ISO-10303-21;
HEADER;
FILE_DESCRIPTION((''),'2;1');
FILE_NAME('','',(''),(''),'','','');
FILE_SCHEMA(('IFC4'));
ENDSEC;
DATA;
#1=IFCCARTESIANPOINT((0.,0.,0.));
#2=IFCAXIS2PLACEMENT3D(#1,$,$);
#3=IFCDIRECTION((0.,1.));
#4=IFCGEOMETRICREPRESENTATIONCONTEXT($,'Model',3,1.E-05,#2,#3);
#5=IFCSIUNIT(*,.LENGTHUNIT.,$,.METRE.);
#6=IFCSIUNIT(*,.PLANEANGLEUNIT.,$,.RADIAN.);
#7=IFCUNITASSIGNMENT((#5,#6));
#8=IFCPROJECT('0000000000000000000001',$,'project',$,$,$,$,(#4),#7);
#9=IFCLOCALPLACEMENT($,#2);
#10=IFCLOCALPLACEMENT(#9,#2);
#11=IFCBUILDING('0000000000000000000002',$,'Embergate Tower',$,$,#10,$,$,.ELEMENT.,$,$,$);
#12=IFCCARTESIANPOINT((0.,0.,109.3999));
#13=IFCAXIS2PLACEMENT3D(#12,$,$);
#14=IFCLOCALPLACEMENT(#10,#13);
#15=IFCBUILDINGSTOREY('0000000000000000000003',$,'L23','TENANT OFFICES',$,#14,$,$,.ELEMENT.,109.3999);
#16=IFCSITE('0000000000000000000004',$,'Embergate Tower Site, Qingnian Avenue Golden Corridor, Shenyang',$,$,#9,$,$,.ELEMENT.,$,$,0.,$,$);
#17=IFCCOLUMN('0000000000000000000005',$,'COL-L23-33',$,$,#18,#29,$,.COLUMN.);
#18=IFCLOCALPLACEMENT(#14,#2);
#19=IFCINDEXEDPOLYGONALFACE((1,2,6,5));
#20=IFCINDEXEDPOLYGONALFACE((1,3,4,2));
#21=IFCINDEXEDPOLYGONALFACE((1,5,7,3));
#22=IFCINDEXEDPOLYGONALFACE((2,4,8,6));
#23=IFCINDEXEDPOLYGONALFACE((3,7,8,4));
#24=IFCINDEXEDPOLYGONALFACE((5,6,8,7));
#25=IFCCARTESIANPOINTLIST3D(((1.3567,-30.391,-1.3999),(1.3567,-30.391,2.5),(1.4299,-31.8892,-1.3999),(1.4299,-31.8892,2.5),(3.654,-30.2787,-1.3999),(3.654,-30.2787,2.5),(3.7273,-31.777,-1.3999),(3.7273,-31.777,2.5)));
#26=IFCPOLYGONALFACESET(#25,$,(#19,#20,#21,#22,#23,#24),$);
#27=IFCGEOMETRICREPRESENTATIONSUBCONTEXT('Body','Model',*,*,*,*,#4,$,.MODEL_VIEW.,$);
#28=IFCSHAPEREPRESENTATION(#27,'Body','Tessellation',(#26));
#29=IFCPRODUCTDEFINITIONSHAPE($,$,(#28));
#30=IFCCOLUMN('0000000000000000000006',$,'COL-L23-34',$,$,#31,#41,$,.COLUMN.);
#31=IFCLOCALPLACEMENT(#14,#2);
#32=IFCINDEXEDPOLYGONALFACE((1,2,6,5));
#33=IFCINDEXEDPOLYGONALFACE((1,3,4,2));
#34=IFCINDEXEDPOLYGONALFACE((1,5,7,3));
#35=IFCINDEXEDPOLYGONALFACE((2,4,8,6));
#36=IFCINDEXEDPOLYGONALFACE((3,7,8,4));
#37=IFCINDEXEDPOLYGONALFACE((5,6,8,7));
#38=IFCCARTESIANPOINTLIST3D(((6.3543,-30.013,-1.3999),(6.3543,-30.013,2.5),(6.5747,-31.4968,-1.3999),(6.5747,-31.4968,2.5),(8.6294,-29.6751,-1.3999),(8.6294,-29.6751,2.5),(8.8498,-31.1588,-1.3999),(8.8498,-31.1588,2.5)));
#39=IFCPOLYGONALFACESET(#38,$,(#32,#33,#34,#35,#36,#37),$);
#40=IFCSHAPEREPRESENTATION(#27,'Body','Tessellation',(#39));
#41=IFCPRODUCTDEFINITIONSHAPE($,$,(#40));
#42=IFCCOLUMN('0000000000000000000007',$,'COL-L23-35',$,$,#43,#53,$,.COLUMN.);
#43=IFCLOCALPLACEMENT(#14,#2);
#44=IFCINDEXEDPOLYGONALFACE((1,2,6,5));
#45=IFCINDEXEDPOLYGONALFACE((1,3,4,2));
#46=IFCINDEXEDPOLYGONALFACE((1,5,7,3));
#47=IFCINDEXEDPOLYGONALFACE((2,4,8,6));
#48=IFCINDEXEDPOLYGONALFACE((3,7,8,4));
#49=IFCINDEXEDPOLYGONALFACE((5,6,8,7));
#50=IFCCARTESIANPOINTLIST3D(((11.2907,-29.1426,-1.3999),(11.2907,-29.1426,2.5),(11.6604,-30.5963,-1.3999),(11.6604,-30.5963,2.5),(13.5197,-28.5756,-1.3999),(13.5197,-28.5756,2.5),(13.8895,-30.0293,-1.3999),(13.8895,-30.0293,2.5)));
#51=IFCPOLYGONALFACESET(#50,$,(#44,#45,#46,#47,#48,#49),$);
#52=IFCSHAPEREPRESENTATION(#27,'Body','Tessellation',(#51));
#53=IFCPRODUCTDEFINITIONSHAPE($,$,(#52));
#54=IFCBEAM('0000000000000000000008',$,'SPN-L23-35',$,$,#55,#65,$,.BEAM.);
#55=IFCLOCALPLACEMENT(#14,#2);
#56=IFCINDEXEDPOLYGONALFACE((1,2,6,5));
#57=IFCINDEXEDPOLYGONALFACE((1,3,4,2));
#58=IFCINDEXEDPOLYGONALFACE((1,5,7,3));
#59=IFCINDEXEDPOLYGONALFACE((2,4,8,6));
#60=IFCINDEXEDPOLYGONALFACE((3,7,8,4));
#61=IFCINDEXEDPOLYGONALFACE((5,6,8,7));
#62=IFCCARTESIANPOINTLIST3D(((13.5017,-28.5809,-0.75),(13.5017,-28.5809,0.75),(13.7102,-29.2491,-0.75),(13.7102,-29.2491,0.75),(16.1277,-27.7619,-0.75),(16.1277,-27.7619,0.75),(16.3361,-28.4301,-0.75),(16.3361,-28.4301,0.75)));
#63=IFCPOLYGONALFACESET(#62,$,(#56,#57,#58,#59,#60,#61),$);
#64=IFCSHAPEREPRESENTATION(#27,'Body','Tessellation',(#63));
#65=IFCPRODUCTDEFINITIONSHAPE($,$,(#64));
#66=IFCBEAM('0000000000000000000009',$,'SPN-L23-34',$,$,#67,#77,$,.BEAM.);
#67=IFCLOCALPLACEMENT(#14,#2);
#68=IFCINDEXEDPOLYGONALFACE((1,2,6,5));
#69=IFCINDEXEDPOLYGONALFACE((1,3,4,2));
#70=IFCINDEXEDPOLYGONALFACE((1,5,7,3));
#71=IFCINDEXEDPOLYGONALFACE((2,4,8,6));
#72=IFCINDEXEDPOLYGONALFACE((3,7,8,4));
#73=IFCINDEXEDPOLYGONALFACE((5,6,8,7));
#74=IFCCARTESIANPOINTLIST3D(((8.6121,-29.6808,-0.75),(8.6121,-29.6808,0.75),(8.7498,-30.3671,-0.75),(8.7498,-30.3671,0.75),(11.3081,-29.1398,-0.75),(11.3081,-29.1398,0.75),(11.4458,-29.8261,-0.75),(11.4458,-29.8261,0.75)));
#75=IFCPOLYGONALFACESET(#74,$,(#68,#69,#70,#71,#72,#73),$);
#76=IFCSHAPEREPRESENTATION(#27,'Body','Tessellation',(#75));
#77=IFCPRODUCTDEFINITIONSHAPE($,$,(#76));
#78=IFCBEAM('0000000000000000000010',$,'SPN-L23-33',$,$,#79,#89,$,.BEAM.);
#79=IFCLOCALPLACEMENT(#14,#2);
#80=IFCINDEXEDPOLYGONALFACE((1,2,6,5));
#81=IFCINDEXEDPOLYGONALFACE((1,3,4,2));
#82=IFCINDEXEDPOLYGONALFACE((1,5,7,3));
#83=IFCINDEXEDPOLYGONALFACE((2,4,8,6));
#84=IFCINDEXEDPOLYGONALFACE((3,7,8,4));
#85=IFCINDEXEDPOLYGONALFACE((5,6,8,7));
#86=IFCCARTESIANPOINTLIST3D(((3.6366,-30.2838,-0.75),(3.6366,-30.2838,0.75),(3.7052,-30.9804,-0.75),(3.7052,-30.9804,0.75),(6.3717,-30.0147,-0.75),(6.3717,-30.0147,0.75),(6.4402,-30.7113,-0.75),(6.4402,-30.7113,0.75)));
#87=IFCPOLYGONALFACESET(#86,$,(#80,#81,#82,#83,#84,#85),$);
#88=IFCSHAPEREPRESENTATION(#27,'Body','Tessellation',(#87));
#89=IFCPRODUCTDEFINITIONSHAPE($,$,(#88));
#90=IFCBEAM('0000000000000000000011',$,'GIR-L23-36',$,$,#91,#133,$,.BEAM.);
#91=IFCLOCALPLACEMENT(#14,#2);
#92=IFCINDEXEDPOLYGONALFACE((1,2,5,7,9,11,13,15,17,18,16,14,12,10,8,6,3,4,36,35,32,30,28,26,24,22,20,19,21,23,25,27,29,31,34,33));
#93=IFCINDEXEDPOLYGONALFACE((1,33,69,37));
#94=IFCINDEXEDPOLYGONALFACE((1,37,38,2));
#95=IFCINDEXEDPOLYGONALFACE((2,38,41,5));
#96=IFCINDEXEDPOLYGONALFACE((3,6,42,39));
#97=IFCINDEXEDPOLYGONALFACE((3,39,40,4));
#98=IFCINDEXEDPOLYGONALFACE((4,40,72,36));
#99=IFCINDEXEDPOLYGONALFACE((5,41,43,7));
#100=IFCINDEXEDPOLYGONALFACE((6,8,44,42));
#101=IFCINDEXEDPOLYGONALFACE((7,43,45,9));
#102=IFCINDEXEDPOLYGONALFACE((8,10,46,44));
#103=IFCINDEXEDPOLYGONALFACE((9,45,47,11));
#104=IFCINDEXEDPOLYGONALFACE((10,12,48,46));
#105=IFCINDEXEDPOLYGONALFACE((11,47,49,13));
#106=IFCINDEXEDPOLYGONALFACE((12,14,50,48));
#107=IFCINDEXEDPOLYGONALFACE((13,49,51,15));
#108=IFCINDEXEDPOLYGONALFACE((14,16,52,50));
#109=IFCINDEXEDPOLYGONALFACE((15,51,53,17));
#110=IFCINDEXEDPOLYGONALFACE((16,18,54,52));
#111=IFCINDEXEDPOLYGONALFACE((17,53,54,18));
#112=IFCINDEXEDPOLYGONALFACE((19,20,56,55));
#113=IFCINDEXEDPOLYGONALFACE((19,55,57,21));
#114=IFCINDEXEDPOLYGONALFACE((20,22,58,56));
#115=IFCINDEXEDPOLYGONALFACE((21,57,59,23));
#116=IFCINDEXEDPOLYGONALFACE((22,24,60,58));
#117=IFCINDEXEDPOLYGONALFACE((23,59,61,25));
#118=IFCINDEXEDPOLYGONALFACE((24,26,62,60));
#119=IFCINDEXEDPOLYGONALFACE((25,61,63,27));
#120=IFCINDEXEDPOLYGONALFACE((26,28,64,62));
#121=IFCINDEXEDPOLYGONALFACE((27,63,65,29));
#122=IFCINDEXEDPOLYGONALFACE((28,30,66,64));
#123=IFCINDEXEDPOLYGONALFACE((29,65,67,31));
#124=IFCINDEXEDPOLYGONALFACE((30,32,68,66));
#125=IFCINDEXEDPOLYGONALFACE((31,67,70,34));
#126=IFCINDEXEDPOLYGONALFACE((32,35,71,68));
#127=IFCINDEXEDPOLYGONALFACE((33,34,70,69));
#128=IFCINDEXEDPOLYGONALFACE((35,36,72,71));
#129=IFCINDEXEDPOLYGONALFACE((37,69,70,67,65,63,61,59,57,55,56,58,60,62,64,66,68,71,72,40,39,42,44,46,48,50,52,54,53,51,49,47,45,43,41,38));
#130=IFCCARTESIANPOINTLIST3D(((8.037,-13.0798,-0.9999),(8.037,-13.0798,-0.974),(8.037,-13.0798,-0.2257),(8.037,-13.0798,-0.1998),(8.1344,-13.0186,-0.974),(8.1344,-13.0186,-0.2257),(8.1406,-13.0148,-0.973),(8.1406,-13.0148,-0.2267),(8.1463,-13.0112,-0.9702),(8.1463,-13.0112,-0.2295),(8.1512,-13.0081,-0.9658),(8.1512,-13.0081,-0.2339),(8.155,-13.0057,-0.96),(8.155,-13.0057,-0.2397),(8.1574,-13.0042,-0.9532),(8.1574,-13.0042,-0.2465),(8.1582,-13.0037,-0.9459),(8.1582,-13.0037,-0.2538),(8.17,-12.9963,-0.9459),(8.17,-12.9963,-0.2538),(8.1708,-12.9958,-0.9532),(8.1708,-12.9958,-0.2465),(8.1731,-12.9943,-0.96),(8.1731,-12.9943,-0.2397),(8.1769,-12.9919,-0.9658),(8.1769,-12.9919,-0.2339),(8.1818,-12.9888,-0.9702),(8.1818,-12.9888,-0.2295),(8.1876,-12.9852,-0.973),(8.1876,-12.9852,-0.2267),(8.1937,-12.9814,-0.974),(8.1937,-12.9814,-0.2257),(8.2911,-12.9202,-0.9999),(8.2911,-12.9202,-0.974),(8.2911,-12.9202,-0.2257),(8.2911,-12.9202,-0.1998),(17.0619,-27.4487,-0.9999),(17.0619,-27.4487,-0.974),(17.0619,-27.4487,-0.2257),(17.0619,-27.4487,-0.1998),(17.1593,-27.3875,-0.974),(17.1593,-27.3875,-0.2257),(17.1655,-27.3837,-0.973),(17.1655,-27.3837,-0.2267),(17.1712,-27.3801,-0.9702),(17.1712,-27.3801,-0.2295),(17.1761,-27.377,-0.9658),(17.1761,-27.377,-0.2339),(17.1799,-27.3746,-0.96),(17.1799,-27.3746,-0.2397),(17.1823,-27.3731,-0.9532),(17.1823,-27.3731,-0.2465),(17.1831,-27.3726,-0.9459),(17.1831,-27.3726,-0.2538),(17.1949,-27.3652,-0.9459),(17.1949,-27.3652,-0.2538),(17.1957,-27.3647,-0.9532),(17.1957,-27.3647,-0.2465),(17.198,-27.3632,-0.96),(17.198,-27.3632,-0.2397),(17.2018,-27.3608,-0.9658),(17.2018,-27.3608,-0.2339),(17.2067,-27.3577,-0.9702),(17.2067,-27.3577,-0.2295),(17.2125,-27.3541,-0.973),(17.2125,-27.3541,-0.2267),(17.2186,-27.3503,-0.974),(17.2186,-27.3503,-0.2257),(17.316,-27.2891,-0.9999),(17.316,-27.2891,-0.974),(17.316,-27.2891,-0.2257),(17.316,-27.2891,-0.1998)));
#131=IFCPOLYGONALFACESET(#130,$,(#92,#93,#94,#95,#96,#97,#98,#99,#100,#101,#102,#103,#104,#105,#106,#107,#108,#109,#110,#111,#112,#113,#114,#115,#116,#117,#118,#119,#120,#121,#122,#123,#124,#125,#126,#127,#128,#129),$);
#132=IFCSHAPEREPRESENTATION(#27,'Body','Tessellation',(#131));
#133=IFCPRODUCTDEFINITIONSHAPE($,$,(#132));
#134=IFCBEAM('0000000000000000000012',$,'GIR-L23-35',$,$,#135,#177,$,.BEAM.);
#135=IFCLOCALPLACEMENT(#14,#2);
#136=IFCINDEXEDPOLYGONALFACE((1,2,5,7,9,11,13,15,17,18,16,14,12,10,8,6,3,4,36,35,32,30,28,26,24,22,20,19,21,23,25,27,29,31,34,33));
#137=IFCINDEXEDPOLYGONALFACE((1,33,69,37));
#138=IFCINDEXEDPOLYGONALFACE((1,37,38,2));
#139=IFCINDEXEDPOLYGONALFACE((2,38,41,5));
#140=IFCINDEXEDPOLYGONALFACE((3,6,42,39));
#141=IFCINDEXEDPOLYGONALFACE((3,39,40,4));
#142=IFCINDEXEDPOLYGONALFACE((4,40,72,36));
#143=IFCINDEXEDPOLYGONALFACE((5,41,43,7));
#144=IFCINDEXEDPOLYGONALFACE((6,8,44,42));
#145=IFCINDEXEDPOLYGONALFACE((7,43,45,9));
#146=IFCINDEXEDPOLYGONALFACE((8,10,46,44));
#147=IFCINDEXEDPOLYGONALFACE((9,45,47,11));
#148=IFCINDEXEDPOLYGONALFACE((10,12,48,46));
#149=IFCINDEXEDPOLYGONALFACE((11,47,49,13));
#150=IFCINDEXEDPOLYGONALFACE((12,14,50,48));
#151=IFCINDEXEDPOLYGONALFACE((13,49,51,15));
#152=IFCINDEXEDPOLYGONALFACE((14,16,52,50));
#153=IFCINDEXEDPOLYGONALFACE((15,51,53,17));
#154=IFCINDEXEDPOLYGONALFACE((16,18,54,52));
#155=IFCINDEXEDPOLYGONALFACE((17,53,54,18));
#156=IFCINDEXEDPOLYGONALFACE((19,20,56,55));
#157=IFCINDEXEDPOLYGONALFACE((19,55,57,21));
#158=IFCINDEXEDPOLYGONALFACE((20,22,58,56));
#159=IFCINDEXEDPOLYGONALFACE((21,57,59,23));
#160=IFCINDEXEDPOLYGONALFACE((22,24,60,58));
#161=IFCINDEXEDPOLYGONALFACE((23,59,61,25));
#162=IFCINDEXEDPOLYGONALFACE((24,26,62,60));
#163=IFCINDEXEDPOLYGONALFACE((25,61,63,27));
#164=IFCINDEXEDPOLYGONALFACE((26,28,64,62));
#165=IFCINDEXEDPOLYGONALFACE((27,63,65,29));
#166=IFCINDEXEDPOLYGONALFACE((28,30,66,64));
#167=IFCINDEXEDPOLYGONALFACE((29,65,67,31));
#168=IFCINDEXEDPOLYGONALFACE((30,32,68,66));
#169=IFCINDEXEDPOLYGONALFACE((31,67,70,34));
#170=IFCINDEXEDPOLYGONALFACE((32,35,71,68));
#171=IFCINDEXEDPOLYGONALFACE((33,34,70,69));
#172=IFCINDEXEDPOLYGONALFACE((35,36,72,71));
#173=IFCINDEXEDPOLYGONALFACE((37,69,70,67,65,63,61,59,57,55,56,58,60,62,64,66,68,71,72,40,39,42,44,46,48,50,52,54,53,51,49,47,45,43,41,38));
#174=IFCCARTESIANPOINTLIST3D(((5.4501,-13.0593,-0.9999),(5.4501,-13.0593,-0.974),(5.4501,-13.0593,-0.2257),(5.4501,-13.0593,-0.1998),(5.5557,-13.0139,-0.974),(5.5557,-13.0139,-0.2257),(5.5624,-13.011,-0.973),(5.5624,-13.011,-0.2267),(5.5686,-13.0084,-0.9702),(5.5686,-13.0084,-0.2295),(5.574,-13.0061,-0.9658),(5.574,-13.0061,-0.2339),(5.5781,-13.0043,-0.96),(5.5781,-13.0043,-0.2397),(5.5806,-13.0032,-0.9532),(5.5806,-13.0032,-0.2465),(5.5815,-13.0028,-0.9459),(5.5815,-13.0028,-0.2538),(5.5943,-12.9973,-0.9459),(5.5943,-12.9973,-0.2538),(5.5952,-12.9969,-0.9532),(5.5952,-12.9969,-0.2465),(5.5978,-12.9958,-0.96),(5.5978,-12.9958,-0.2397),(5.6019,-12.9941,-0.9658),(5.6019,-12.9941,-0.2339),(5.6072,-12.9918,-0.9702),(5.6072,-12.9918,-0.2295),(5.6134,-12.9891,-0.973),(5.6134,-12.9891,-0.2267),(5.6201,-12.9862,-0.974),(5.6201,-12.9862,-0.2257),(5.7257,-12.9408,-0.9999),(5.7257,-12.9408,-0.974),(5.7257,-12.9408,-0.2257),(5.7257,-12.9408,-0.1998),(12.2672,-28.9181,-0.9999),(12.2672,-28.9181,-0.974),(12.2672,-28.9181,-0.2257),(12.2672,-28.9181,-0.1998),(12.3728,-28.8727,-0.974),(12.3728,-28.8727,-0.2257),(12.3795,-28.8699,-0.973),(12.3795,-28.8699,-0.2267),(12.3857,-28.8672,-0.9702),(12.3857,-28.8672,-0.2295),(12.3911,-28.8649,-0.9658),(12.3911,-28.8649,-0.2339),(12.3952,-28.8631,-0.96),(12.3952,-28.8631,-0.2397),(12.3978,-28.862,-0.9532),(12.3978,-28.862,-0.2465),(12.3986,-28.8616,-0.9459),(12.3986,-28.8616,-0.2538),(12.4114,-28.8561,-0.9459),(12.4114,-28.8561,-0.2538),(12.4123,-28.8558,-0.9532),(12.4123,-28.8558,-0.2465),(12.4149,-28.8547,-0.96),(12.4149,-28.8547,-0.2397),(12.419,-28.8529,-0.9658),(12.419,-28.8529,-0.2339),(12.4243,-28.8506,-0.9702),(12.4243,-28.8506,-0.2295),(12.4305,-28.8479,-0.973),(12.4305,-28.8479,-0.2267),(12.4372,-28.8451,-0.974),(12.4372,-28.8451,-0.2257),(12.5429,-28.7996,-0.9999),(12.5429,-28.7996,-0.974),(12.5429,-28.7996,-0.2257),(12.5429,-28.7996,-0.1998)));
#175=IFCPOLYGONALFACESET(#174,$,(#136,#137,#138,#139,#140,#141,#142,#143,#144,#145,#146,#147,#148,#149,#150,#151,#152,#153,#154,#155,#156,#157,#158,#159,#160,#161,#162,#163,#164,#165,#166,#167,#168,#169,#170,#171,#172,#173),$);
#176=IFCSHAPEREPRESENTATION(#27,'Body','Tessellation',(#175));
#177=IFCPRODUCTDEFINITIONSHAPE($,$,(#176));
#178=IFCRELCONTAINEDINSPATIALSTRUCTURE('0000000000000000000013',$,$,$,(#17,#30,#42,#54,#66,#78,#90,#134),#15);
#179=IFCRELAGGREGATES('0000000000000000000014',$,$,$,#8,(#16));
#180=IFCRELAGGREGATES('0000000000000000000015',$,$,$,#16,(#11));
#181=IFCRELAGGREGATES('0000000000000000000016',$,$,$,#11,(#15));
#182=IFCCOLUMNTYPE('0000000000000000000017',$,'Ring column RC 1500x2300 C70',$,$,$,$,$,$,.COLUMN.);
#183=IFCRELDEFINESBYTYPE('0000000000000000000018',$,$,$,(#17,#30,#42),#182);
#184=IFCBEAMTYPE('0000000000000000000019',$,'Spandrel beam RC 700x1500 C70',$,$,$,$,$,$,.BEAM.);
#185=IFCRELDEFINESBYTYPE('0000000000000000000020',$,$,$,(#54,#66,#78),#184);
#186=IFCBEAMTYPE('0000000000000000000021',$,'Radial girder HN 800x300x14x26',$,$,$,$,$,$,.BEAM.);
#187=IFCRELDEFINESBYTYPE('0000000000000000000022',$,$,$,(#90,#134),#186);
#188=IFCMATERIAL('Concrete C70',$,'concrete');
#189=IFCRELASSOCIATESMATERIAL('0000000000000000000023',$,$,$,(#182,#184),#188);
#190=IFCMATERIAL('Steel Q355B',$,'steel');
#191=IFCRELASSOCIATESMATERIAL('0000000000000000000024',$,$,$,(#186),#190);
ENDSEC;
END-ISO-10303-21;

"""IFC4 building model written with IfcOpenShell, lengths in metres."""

from ifc_helpers import new_model, si_unit, direction, frame, origin, origin_2d, place, context, subcontext, project, spatial, rectangle, i_section, extrude, source, transform, mapped, material, material_profile, profile_set, type_object, element, save


model = new_model("IFC4")

# Units and contexts
model_context = context("Model", 3, precision=1e-05, world=origin(), true_north=direction((0.0, 1.0)))
body_context = subcontext(model_context, "Body", "Model", "MODEL_VIEW")
ifc_project = project(units=[si_unit("LENGTHUNIT", "METRE"), si_unit("PLANEANGLEUNIT", "RADIAN")], contexts=[model_context])

# Site, building, storey
site_placement = place(None, origin())
site = spatial("IfcSite", under=ifc_project, at=site_placement, Name="Embergate Tower Site, Qingnian Avenue Golden Corridor, Shenyang", CompositionType="ELEMENT", RefElevation=0.0)
building_placement = place(site_placement, origin())
building = spatial("IfcBuilding", under=site, at=building_placement, Name="Embergate Tower", CompositionType="ELEMENT")
storey_placement = place(building_placement, frame((0.0, 0.0, 109.3999)))
storey = spatial("IfcBuildingStorey", under=building, at=storey_placement, Name="L23", Description="TENANT OFFICES", CompositionType="ELEMENT", Elevation=109.3999)

# Columns
ifc_material_1 = material(Name="Concrete C70", Category="concrete")
ifc_material_profile_1 = material_profile(ifc_material_1, rectangle(XDim=1.5, YDim=2.3, at=origin_2d()), Name="RC 1500x2300")
ifc_profile_set_1 = profile_set([ifc_material_profile_1], Name="Concrete C70")
column_type = type_object("IfcColumnType", Name="Ring column RC 1500x2300 C70", PredefinedType="COLUMN", material=ifc_profile_set_1)
shared_shape_1 = source(origin(), body_context, "Body", "SweptSolid", [
    extrude(rectangle(XDim=1.5, YDim=2.3, at=origin_2d()), origin(), (0.0, 0.0, 1.0), 3.8999),
])
for number, where, z_axis, x_axis, name in (
    (1, (2.542, -31.084, -1.3999), (0.0, 0.0, 1.0), (0.048815, -0.998808, 0.0), "COL-L23-33"),
    (2, (7.6021, -30.5859, -1.3999), (0.0, 0.0, 1.0), (0.146929, -0.989147, 0.0), "COL-L23-34"),
    (3, (12.5901, -29.5859, -1.3999), (0.0, 0.0, 1.0), (0.246509, -0.969141, 0.0), "COL-L23-35"),
):
    element("IfcColumn", number, at=place(storey_placement, frame(where, z_axis=z_axis, x_axis=x_axis)), inside=storey, type_object=column_type, Name=name, PredefinedType="COLUMN", context=body_context, shape_type="MappedRepresentation", body=[
        mapped(shared_shape_1, transform((0.0, 0.0, 0.0))),
    ])

# Beams
ifc_material_profile_2 = material_profile(ifc_material_1, rectangle(XDim=0.7, YDim=1.5, at=origin_2d()), Name="RC 700x1500")
ifc_profile_set_2 = profile_set([ifc_material_profile_2], Name="Concrete C70")
beam_type_1 = type_object("IfcBeamType", Name="Spandrel beam RC 700x1500 C70", PredefinedType="BEAM", material=ifc_profile_set_2)
shared_shape_2 = source(origin(), body_context, "Body", "SweptSolid", [
    extrude(rectangle(XDim=0.7, YDim=1.5, at=origin_2d()), origin(), (0.0, 0.0, 1.0), 2.7507),
])
beam_1_placement = place(storey_placement, frame((13.606, -28.915, 0.0), z_axis=(0.954638, 0.29777, 0.0), x_axis=(-0.29777, 0.954638, 0.0)))
element("IfcBeam", 4, at=beam_1_placement, inside=storey, type_object=beam_type_1, Name="SPN-L23-35", PredefinedType="BEAM", context=body_context, shape_type="MappedRepresentation", body=[
    mapped(shared_shape_2, transform((0.0, 0.0, 0.0))),
])
shared_shape_3 = source(origin(), body_context, "Body", "SweptSolid", [
    extrude(rectangle(XDim=0.7, YDim=1.5, at=origin_2d()), origin(), (0.0, 0.0, 1.0), 2.7498),
])
beam_2_placement = place(storey_placement, frame((8.6809, -30.0239, 0.0), z_axis=(0.980454, 0.196748, 0.0), x_axis=(-0.196748, 0.980454, 0.0)))
element("IfcBeam", 5, at=beam_2_placement, inside=storey, type_object=beam_type_1, Name="SPN-L23-34", PredefinedType="BEAM", context=body_context, shape_type="MappedRepresentation", body=[
    mapped(shared_shape_3, transform((0.0, 0.0, 0.0))),
])
shared_shape_4 = source(origin(), body_context, "Body", "SweptSolid", [
    extrude(rectangle(XDim=0.7, YDim=1.5, at=origin_2d()), origin(), (0.0, 0.0, 1.0), 2.7483),
])
beam_3_placement = place(storey_placement, frame((3.6709, -30.6321, 0.0), z_axis=(0.995197, 0.097894, 0.0), x_axis=(-0.097894, 0.995197, 0.0)))
element("IfcBeam", 6, at=beam_3_placement, inside=storey, type_object=beam_type_1, Name="SPN-L23-33", PredefinedType="BEAM", context=body_context, shape_type="MappedRepresentation", body=[
    mapped(shared_shape_4, transform((0.0, 0.0, 0.0))),
])
ifc_material_2 = material(Name="Steel Q355B", Category="steel")
ifc_material_profile_3 = material_profile(ifc_material_2, i_section(OverallWidth=0.3, OverallDepth=0.8, WebThickness=0.0139, FlangeThickness=0.0259, FilletRadius=0.0281, at=origin_2d()), Name="HN 800x300x14x26")
ifc_profile_set_3 = profile_set([ifc_material_profile_3], Name="Steel Q355 grade B")
beam_type_2 = type_object("IfcBeamType", Name="Radial girder HN 800x300x14x26", PredefinedType="BEAM", material=ifc_profile_set_3)
shared_shape_5 = source(origin(), body_context, "Body", "SweptSolid", [
    extrude(i_section(OverallWidth=0.3, OverallDepth=0.8, WebThickness=0.0139, FlangeThickness=0.0259, FilletRadius=0.0281, at=origin_2d()), origin(), (0.0, 0.0, 1.0), 16.968),
])
beam_4_placement = place(storey_placement, frame((17.189, -27.3689, -0.5999), z_axis=(-0.531877, 0.846822, 0.0), x_axis=(-0.846822, -0.531877, 0.0)))
element("IfcBeam", 7, at=beam_4_placement, inside=storey, type_object=beam_type_2, Name="GIR-L23-36", PredefinedType="BEAM", context=body_context, shape_type="MappedRepresentation", body=[
    mapped(shared_shape_5, transform((0.0, 0.0, 0.0))),
])
shared_shape_6 = source(origin(), body_context, "Body", "SweptSolid", [
    extrude(i_section(OverallWidth=0.3, OverallDepth=0.8, WebThickness=0.0139, FlangeThickness=0.0259, FilletRadius=0.0281, at=origin_2d()), origin(), (0.0, 0.0, 1.0), 17.262),
])
beam_5_placement = place(storey_placement, frame((12.405, -28.8589, -0.5999), z_axis=(-0.394921, 0.918715, 0.0), x_axis=(-0.918715, -0.394921, 0.0)))
element("IfcBeam", 8, at=beam_5_placement, inside=storey, type_object=beam_type_2, Name="GIR-L23-35", PredefinedType="BEAM", context=body_context, shape_type="MappedRepresentation", body=[
    mapped(shared_shape_6, transform((0.0, 0.0, 0.0))),
])

save(model, "model.ifc")
